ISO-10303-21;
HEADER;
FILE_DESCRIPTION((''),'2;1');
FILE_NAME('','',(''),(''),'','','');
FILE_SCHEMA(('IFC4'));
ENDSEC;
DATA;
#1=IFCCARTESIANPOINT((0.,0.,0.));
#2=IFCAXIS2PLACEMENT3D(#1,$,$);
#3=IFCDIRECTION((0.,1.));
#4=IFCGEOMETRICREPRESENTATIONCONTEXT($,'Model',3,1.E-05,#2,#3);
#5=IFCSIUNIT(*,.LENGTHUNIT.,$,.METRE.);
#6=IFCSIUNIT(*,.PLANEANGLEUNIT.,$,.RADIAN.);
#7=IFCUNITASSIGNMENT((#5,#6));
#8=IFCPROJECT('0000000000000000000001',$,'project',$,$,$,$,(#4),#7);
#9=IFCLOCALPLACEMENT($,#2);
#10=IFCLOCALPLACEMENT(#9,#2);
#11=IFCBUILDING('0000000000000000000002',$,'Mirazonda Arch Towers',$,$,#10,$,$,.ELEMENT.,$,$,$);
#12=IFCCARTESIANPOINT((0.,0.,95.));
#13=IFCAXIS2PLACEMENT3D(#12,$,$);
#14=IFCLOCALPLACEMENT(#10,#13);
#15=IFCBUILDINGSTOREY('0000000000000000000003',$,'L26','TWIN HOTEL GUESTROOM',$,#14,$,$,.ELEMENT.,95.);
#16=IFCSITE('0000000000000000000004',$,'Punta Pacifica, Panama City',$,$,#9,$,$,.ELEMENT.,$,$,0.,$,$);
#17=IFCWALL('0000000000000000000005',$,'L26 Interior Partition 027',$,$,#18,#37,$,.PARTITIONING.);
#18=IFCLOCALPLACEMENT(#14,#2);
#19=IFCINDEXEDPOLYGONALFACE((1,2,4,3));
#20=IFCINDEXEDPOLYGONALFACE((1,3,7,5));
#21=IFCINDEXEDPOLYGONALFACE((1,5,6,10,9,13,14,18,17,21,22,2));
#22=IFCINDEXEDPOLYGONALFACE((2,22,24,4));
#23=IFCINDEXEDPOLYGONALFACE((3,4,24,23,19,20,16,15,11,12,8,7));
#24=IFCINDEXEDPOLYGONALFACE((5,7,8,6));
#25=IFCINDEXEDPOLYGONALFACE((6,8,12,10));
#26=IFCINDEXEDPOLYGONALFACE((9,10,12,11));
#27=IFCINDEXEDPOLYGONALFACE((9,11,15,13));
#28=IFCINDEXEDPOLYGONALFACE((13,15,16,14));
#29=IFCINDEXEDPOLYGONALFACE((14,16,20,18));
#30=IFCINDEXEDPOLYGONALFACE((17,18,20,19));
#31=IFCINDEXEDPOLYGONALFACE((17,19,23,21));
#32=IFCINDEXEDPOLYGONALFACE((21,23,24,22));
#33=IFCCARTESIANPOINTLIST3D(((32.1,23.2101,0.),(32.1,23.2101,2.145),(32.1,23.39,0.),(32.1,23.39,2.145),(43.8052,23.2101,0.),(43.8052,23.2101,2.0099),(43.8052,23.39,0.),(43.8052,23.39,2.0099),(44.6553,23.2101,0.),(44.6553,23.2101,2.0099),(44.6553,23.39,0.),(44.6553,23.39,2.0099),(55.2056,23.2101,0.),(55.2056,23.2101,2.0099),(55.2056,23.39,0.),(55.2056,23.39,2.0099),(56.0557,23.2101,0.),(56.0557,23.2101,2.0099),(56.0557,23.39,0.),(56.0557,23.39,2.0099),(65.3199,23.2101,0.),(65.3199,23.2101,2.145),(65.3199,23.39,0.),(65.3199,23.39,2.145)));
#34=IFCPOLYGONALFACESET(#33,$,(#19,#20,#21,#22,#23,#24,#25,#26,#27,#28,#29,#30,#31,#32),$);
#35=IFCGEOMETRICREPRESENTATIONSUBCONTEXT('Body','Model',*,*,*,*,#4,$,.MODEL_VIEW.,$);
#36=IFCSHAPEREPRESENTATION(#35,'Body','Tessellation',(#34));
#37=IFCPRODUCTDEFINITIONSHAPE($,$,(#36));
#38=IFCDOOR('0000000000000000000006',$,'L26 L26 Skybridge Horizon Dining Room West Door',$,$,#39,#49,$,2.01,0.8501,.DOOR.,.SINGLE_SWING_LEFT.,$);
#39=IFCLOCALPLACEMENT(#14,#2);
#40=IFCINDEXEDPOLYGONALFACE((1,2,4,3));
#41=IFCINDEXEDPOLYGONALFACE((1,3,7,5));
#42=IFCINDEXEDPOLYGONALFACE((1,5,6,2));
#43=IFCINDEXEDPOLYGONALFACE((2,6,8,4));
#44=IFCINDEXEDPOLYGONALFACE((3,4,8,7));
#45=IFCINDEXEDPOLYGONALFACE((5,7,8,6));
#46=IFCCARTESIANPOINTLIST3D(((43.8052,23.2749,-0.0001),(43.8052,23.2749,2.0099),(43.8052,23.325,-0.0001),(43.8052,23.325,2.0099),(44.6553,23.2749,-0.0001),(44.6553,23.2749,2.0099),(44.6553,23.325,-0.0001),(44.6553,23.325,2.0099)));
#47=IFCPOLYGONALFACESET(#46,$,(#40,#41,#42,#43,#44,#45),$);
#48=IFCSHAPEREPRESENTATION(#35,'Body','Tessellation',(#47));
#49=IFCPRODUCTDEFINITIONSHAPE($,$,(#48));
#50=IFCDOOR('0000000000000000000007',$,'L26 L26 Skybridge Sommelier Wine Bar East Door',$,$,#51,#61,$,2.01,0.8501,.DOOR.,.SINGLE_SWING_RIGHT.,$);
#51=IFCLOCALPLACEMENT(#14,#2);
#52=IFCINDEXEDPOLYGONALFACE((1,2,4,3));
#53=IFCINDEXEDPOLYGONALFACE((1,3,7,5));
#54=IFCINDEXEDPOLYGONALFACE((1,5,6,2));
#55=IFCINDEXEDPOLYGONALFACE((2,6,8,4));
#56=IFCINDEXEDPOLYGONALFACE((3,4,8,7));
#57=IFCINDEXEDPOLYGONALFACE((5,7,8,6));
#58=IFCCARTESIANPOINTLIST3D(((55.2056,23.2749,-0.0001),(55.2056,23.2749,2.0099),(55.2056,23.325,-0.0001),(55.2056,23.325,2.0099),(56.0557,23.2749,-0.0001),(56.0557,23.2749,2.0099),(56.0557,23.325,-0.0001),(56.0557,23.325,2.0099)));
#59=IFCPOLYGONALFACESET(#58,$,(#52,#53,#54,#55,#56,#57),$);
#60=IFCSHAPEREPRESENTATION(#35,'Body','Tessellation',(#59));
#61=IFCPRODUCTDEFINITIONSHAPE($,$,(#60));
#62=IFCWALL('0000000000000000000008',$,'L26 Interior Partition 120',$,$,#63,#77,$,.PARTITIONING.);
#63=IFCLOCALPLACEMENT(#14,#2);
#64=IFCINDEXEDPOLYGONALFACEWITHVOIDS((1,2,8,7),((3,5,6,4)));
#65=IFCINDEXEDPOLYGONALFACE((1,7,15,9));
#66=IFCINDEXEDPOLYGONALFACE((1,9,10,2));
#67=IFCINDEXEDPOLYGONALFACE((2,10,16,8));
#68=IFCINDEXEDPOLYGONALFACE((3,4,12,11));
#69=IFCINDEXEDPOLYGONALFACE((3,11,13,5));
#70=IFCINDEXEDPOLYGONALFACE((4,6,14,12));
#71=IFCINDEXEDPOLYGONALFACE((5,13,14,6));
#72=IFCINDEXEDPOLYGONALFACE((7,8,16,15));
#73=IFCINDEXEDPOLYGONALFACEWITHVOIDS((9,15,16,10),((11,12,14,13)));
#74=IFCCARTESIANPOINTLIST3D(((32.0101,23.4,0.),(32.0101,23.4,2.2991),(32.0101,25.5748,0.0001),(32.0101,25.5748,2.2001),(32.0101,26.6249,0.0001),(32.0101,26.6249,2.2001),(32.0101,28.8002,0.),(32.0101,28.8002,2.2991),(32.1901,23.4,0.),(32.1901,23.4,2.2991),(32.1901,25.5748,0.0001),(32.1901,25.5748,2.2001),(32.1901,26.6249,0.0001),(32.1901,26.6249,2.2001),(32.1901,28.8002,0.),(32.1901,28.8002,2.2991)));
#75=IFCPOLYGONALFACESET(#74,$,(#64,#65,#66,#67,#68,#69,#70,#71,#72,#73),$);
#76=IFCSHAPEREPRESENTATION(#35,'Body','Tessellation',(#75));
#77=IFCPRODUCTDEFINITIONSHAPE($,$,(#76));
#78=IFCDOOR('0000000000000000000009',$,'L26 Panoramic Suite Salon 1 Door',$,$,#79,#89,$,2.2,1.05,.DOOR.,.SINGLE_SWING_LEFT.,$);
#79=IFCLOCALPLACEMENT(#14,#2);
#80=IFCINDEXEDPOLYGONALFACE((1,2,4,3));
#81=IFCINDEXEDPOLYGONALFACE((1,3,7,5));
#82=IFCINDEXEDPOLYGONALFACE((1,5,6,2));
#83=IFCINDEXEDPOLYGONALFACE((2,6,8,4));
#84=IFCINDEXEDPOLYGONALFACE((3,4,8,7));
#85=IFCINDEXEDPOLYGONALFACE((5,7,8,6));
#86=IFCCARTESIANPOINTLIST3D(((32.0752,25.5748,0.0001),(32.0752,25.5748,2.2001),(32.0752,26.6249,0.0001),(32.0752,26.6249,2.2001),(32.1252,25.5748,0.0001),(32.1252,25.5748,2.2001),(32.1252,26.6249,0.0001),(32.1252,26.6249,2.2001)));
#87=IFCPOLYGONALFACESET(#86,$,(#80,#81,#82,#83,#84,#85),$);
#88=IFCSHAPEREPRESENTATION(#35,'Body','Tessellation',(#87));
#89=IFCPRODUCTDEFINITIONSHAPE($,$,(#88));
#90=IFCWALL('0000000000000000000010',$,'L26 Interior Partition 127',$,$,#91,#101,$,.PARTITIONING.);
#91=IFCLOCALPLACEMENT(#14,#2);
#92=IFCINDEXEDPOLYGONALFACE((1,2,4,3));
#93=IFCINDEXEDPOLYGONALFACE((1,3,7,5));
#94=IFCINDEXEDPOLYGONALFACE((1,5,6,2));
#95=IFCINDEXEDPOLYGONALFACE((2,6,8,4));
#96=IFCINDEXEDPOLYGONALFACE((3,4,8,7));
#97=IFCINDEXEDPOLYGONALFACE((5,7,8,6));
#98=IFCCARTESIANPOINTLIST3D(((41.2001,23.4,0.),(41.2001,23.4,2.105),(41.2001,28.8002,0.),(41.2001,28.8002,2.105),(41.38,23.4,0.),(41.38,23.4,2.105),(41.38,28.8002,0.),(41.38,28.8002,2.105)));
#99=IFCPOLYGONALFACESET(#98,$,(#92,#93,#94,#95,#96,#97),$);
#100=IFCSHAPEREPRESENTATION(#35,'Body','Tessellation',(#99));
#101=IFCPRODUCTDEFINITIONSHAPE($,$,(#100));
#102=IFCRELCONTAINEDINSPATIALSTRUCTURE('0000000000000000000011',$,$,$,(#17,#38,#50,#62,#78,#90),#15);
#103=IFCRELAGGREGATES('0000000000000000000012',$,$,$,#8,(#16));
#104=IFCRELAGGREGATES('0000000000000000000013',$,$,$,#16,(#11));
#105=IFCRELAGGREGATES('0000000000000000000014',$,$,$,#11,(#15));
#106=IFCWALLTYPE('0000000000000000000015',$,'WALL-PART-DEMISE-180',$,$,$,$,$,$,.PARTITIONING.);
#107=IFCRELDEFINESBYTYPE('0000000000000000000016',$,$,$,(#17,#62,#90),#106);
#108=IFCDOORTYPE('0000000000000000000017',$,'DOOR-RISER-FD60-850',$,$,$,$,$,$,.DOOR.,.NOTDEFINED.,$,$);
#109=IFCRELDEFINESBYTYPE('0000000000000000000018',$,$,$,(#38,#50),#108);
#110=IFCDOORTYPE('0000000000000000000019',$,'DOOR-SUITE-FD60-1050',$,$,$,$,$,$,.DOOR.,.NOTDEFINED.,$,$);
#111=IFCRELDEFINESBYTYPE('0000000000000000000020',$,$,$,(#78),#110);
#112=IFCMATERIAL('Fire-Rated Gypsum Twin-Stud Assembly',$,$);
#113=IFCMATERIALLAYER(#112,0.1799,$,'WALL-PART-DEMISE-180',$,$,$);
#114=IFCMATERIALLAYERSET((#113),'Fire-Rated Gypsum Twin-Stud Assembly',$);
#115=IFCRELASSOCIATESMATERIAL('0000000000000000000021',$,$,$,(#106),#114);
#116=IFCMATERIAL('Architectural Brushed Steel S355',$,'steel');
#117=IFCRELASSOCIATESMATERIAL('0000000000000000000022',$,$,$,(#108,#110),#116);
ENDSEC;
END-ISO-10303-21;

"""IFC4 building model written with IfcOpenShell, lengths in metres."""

from ifc_helpers import new_model, si_unit, direction, frame, frame_2d, origin, place, context, subcontext, project, spatial, rectangle, extrude, material, layer, layer_set, type_object, element, fill, save


model = new_model("IFC4")

# Units and contexts
model_context = context("Model", 3, precision=1e-05, world=origin(), true_north=direction((0.0, 1.0)))
body_context = subcontext(model_context, "Body", "Model", "MODEL_VIEW")
ifc_project = project(units=[si_unit("LENGTHUNIT", "METRE"), si_unit("PLANEANGLEUNIT", "RADIAN")], contexts=[model_context])

# Site, building, storey
site_placement = place(None, origin())
site = spatial("IfcSite", under=ifc_project, at=site_placement, Name="Punta Pacifica, Panama City", CompositionType="ELEMENT", RefElevation=0.0)
building_placement = place(site_placement, origin())
building = spatial("IfcBuilding", under=site, at=building_placement, Name="Mirazonda Arch Towers", CompositionType="ELEMENT")
storey_placement = place(building_placement, frame((0.0, 0.0, 95.0)))
storey = spatial("IfcBuildingStorey", under=building, at=storey_placement, Name="L26", Description="TWIN HOTEL GUESTROOM", CompositionType="ELEMENT", Elevation=95.0)

# Shared definitions
ifc_material_1 = material(Name="Fire-Rated Gypsum Twin-Stud Assembly")
ifc_layer_1 = layer(ifc_material_1, 0.1799, Name="WALL-PART-DEMISE-180")
ifc_layer_set_1 = layer_set([ifc_layer_1], Name="Fire-Rated Gypsum Twin-Stud Assembly")
wall_type_1 = type_object("IfcWallType", Name="WALL-PART-DEMISE-180", PredefinedType="PARTITIONING", material=ifc_layer_set_1)

# Wall, openings, doors
wall_1_placement = place(storey_placement, frame((32.1001, 23.3, 0.0), z_axis=(0.0, 0.0, 1.0), x_axis=(1.0, 0.0, 0.0)))
wall_1 = element("IfcWall", 1, at=wall_1_placement, inside=storey, type_object=wall_type_1, Name="L26 Interior Partition 027", PredefinedType="PARTITIONING", context=body_context, shape_type="SweptSolid", body=[
    extrude(rectangle(XDim=33.22, YDim=0.1799, at=frame_2d((16.6099, 0.0))), origin(), (0.0, 0.0, 1.0), 2.145),
])
opening_1_placement = place(wall_1_placement, frame((11.7051, 0.0, 0.0)))
opening_1 = element("IfcOpeningElement", 2, at=opening_1_placement, cuts=wall_1, PredefinedType="OPENING", context=body_context, shape_type="SweptSolid", body=[
    extrude(rectangle(XDim=0.8501, YDim=2.01, at=frame_2d((0.425, 1.0049))), frame((0.0, 0.0999, 0.0), z_axis=(0.0, -1.0, 0.0), x_axis=(1.0, 0.0, 0.0)), (0.0, 0.0, 1.0), 0.2),
])
opening_2_placement = place(wall_1_placement, frame((23.1055, 0.0, 0.0)))
opening_2 = element("IfcOpeningElement", 3, at=opening_2_placement, cuts=wall_1, PredefinedType="OPENING", context=body_context, shape_type="SweptSolid", body=[
    extrude(rectangle(XDim=0.8501, YDim=2.01, at=frame_2d((0.425, 1.0049))), frame((0.0, 0.0999, 0.0), z_axis=(0.0, -1.0, 0.0), x_axis=(1.0, 0.0, 0.0)), (0.0, 0.0, 1.0), 0.2),
])
ifc_material_2 = material(Name="Architectural Brushed Steel S355", Category="steel")
door_type_1 = type_object("IfcDoorType", Name="DOOR-RISER-FD60-850", OperationType="NOTDEFINED", PredefinedType="DOOR", material=ifc_material_2)
door_1_placement = place(opening_1_placement, origin())
door_1 = element("IfcDoor", 4, at=door_1_placement, inside=storey, type_object=door_type_1, Name="L26 L26 Skybridge Horizon Dining Room West Door", OperationType="SINGLE_SWING_LEFT", OverallHeight=2.01, OverallWidth=0.8501, PredefinedType="DOOR", context=body_context, shape_type="SweptSolid", body=[
    extrude(rectangle(XDim=0.8501, YDim=2.01, at=frame_2d((0.425, 1.0049))), frame((0.0, 0.0249, 0.0), z_axis=(0.0, -1.0, 0.0), x_axis=(1.0, 0.0, 0.0)), (0.0, 0.0, 1.0), 0.05),
])
fill(opening_1, door_1)
door_2_placement = place(opening_2_placement, origin())
door_2 = element("IfcDoor", 5, at=door_2_placement, inside=storey, type_object=door_type_1, Name="L26 L26 Skybridge Sommelier Wine Bar East Door", OperationType="SINGLE_SWING_RIGHT", OverallHeight=2.01, OverallWidth=0.8501, PredefinedType="DOOR", context=body_context, shape_type="SweptSolid", body=[
    extrude(rectangle(XDim=0.8501, YDim=2.01, at=frame_2d((0.425, 1.0049))), frame((0.0, 0.0249, 0.0), z_axis=(0.0, -1.0, 0.0), x_axis=(1.0, 0.0, 0.0)), (0.0, 0.0, 1.0), 0.05),
])
fill(opening_2, door_2)

# Wall, opening, door
wall_2_placement = place(storey_placement, frame((32.1001, 23.3999, 0.0), z_axis=(0.0, 0.0, 1.0), x_axis=(0.0, 1.0, 0.0)))
wall_2 = element("IfcWall", 6, at=wall_2_placement, inside=storey, type_object=wall_type_1, Name="L26 Interior Partition 120", PredefinedType="PARTITIONING", context=body_context, shape_type="SweptSolid", body=[
    extrude(rectangle(XDim=5.4001, YDim=0.1799, at=frame_2d((2.7002, 0.0))), origin(), (0.0, 0.0, 1.0), 2.2991),
])
opening_3_placement = place(wall_2_placement, frame((2.175, 0.0, 0.0)))
opening_3 = element("IfcOpeningElement", 7, at=opening_3_placement, cuts=wall_2, PredefinedType="OPENING", context=body_context, shape_type="SweptSolid", body=[
    extrude(rectangle(XDim=1.05, YDim=2.2, at=frame_2d((0.5249, 1.1001))), frame((0.0, 0.0999, 0.0), z_axis=(0.0, -1.0, 0.0), x_axis=(1.0, 0.0, 0.0)), (0.0, 0.0, 1.0), 0.2),
])
door_type_2 = type_object("IfcDoorType", Name="DOOR-SUITE-FD60-1050", OperationType="NOTDEFINED", PredefinedType="DOOR", material=ifc_material_2)
door_3_placement = place(opening_3_placement, origin())
door_3 = element("IfcDoor", 8, at=door_3_placement, inside=storey, type_object=door_type_2, Name="L26 Panoramic Suite Salon 1 Door", OperationType="SINGLE_SWING_LEFT", OverallHeight=2.2, OverallWidth=1.05, PredefinedType="DOOR", context=body_context, shape_type="SweptSolid", body=[
    extrude(rectangle(XDim=1.05, YDim=2.2, at=frame_2d((0.5249, 1.1001))), frame((0.0, 0.0249, 0.0), z_axis=(0.0, -1.0, 0.0), x_axis=(1.0, 0.0, 0.0)), (0.0, 0.0, 1.0), 0.05),
])
fill(opening_3, door_3)

# Wall
wall_3_placement = place(storey_placement, frame((41.29, 23.3999, 0.0), z_axis=(0.0, 0.0, 1.0), x_axis=(0.0, 1.0, 0.0)))
element("IfcWall", 9, at=wall_3_placement, inside=storey, type_object=wall_type_1, Name="L26 Interior Partition 127", PredefinedType="PARTITIONING", context=body_context, shape_type="SweptSolid", body=[
    extrude(rectangle(XDim=5.4001, YDim=0.1799, at=frame_2d((2.7002, 0.0))), origin(), (0.0, 0.0, 1.0), 2.105),
])

save(model, "model.ifc")
